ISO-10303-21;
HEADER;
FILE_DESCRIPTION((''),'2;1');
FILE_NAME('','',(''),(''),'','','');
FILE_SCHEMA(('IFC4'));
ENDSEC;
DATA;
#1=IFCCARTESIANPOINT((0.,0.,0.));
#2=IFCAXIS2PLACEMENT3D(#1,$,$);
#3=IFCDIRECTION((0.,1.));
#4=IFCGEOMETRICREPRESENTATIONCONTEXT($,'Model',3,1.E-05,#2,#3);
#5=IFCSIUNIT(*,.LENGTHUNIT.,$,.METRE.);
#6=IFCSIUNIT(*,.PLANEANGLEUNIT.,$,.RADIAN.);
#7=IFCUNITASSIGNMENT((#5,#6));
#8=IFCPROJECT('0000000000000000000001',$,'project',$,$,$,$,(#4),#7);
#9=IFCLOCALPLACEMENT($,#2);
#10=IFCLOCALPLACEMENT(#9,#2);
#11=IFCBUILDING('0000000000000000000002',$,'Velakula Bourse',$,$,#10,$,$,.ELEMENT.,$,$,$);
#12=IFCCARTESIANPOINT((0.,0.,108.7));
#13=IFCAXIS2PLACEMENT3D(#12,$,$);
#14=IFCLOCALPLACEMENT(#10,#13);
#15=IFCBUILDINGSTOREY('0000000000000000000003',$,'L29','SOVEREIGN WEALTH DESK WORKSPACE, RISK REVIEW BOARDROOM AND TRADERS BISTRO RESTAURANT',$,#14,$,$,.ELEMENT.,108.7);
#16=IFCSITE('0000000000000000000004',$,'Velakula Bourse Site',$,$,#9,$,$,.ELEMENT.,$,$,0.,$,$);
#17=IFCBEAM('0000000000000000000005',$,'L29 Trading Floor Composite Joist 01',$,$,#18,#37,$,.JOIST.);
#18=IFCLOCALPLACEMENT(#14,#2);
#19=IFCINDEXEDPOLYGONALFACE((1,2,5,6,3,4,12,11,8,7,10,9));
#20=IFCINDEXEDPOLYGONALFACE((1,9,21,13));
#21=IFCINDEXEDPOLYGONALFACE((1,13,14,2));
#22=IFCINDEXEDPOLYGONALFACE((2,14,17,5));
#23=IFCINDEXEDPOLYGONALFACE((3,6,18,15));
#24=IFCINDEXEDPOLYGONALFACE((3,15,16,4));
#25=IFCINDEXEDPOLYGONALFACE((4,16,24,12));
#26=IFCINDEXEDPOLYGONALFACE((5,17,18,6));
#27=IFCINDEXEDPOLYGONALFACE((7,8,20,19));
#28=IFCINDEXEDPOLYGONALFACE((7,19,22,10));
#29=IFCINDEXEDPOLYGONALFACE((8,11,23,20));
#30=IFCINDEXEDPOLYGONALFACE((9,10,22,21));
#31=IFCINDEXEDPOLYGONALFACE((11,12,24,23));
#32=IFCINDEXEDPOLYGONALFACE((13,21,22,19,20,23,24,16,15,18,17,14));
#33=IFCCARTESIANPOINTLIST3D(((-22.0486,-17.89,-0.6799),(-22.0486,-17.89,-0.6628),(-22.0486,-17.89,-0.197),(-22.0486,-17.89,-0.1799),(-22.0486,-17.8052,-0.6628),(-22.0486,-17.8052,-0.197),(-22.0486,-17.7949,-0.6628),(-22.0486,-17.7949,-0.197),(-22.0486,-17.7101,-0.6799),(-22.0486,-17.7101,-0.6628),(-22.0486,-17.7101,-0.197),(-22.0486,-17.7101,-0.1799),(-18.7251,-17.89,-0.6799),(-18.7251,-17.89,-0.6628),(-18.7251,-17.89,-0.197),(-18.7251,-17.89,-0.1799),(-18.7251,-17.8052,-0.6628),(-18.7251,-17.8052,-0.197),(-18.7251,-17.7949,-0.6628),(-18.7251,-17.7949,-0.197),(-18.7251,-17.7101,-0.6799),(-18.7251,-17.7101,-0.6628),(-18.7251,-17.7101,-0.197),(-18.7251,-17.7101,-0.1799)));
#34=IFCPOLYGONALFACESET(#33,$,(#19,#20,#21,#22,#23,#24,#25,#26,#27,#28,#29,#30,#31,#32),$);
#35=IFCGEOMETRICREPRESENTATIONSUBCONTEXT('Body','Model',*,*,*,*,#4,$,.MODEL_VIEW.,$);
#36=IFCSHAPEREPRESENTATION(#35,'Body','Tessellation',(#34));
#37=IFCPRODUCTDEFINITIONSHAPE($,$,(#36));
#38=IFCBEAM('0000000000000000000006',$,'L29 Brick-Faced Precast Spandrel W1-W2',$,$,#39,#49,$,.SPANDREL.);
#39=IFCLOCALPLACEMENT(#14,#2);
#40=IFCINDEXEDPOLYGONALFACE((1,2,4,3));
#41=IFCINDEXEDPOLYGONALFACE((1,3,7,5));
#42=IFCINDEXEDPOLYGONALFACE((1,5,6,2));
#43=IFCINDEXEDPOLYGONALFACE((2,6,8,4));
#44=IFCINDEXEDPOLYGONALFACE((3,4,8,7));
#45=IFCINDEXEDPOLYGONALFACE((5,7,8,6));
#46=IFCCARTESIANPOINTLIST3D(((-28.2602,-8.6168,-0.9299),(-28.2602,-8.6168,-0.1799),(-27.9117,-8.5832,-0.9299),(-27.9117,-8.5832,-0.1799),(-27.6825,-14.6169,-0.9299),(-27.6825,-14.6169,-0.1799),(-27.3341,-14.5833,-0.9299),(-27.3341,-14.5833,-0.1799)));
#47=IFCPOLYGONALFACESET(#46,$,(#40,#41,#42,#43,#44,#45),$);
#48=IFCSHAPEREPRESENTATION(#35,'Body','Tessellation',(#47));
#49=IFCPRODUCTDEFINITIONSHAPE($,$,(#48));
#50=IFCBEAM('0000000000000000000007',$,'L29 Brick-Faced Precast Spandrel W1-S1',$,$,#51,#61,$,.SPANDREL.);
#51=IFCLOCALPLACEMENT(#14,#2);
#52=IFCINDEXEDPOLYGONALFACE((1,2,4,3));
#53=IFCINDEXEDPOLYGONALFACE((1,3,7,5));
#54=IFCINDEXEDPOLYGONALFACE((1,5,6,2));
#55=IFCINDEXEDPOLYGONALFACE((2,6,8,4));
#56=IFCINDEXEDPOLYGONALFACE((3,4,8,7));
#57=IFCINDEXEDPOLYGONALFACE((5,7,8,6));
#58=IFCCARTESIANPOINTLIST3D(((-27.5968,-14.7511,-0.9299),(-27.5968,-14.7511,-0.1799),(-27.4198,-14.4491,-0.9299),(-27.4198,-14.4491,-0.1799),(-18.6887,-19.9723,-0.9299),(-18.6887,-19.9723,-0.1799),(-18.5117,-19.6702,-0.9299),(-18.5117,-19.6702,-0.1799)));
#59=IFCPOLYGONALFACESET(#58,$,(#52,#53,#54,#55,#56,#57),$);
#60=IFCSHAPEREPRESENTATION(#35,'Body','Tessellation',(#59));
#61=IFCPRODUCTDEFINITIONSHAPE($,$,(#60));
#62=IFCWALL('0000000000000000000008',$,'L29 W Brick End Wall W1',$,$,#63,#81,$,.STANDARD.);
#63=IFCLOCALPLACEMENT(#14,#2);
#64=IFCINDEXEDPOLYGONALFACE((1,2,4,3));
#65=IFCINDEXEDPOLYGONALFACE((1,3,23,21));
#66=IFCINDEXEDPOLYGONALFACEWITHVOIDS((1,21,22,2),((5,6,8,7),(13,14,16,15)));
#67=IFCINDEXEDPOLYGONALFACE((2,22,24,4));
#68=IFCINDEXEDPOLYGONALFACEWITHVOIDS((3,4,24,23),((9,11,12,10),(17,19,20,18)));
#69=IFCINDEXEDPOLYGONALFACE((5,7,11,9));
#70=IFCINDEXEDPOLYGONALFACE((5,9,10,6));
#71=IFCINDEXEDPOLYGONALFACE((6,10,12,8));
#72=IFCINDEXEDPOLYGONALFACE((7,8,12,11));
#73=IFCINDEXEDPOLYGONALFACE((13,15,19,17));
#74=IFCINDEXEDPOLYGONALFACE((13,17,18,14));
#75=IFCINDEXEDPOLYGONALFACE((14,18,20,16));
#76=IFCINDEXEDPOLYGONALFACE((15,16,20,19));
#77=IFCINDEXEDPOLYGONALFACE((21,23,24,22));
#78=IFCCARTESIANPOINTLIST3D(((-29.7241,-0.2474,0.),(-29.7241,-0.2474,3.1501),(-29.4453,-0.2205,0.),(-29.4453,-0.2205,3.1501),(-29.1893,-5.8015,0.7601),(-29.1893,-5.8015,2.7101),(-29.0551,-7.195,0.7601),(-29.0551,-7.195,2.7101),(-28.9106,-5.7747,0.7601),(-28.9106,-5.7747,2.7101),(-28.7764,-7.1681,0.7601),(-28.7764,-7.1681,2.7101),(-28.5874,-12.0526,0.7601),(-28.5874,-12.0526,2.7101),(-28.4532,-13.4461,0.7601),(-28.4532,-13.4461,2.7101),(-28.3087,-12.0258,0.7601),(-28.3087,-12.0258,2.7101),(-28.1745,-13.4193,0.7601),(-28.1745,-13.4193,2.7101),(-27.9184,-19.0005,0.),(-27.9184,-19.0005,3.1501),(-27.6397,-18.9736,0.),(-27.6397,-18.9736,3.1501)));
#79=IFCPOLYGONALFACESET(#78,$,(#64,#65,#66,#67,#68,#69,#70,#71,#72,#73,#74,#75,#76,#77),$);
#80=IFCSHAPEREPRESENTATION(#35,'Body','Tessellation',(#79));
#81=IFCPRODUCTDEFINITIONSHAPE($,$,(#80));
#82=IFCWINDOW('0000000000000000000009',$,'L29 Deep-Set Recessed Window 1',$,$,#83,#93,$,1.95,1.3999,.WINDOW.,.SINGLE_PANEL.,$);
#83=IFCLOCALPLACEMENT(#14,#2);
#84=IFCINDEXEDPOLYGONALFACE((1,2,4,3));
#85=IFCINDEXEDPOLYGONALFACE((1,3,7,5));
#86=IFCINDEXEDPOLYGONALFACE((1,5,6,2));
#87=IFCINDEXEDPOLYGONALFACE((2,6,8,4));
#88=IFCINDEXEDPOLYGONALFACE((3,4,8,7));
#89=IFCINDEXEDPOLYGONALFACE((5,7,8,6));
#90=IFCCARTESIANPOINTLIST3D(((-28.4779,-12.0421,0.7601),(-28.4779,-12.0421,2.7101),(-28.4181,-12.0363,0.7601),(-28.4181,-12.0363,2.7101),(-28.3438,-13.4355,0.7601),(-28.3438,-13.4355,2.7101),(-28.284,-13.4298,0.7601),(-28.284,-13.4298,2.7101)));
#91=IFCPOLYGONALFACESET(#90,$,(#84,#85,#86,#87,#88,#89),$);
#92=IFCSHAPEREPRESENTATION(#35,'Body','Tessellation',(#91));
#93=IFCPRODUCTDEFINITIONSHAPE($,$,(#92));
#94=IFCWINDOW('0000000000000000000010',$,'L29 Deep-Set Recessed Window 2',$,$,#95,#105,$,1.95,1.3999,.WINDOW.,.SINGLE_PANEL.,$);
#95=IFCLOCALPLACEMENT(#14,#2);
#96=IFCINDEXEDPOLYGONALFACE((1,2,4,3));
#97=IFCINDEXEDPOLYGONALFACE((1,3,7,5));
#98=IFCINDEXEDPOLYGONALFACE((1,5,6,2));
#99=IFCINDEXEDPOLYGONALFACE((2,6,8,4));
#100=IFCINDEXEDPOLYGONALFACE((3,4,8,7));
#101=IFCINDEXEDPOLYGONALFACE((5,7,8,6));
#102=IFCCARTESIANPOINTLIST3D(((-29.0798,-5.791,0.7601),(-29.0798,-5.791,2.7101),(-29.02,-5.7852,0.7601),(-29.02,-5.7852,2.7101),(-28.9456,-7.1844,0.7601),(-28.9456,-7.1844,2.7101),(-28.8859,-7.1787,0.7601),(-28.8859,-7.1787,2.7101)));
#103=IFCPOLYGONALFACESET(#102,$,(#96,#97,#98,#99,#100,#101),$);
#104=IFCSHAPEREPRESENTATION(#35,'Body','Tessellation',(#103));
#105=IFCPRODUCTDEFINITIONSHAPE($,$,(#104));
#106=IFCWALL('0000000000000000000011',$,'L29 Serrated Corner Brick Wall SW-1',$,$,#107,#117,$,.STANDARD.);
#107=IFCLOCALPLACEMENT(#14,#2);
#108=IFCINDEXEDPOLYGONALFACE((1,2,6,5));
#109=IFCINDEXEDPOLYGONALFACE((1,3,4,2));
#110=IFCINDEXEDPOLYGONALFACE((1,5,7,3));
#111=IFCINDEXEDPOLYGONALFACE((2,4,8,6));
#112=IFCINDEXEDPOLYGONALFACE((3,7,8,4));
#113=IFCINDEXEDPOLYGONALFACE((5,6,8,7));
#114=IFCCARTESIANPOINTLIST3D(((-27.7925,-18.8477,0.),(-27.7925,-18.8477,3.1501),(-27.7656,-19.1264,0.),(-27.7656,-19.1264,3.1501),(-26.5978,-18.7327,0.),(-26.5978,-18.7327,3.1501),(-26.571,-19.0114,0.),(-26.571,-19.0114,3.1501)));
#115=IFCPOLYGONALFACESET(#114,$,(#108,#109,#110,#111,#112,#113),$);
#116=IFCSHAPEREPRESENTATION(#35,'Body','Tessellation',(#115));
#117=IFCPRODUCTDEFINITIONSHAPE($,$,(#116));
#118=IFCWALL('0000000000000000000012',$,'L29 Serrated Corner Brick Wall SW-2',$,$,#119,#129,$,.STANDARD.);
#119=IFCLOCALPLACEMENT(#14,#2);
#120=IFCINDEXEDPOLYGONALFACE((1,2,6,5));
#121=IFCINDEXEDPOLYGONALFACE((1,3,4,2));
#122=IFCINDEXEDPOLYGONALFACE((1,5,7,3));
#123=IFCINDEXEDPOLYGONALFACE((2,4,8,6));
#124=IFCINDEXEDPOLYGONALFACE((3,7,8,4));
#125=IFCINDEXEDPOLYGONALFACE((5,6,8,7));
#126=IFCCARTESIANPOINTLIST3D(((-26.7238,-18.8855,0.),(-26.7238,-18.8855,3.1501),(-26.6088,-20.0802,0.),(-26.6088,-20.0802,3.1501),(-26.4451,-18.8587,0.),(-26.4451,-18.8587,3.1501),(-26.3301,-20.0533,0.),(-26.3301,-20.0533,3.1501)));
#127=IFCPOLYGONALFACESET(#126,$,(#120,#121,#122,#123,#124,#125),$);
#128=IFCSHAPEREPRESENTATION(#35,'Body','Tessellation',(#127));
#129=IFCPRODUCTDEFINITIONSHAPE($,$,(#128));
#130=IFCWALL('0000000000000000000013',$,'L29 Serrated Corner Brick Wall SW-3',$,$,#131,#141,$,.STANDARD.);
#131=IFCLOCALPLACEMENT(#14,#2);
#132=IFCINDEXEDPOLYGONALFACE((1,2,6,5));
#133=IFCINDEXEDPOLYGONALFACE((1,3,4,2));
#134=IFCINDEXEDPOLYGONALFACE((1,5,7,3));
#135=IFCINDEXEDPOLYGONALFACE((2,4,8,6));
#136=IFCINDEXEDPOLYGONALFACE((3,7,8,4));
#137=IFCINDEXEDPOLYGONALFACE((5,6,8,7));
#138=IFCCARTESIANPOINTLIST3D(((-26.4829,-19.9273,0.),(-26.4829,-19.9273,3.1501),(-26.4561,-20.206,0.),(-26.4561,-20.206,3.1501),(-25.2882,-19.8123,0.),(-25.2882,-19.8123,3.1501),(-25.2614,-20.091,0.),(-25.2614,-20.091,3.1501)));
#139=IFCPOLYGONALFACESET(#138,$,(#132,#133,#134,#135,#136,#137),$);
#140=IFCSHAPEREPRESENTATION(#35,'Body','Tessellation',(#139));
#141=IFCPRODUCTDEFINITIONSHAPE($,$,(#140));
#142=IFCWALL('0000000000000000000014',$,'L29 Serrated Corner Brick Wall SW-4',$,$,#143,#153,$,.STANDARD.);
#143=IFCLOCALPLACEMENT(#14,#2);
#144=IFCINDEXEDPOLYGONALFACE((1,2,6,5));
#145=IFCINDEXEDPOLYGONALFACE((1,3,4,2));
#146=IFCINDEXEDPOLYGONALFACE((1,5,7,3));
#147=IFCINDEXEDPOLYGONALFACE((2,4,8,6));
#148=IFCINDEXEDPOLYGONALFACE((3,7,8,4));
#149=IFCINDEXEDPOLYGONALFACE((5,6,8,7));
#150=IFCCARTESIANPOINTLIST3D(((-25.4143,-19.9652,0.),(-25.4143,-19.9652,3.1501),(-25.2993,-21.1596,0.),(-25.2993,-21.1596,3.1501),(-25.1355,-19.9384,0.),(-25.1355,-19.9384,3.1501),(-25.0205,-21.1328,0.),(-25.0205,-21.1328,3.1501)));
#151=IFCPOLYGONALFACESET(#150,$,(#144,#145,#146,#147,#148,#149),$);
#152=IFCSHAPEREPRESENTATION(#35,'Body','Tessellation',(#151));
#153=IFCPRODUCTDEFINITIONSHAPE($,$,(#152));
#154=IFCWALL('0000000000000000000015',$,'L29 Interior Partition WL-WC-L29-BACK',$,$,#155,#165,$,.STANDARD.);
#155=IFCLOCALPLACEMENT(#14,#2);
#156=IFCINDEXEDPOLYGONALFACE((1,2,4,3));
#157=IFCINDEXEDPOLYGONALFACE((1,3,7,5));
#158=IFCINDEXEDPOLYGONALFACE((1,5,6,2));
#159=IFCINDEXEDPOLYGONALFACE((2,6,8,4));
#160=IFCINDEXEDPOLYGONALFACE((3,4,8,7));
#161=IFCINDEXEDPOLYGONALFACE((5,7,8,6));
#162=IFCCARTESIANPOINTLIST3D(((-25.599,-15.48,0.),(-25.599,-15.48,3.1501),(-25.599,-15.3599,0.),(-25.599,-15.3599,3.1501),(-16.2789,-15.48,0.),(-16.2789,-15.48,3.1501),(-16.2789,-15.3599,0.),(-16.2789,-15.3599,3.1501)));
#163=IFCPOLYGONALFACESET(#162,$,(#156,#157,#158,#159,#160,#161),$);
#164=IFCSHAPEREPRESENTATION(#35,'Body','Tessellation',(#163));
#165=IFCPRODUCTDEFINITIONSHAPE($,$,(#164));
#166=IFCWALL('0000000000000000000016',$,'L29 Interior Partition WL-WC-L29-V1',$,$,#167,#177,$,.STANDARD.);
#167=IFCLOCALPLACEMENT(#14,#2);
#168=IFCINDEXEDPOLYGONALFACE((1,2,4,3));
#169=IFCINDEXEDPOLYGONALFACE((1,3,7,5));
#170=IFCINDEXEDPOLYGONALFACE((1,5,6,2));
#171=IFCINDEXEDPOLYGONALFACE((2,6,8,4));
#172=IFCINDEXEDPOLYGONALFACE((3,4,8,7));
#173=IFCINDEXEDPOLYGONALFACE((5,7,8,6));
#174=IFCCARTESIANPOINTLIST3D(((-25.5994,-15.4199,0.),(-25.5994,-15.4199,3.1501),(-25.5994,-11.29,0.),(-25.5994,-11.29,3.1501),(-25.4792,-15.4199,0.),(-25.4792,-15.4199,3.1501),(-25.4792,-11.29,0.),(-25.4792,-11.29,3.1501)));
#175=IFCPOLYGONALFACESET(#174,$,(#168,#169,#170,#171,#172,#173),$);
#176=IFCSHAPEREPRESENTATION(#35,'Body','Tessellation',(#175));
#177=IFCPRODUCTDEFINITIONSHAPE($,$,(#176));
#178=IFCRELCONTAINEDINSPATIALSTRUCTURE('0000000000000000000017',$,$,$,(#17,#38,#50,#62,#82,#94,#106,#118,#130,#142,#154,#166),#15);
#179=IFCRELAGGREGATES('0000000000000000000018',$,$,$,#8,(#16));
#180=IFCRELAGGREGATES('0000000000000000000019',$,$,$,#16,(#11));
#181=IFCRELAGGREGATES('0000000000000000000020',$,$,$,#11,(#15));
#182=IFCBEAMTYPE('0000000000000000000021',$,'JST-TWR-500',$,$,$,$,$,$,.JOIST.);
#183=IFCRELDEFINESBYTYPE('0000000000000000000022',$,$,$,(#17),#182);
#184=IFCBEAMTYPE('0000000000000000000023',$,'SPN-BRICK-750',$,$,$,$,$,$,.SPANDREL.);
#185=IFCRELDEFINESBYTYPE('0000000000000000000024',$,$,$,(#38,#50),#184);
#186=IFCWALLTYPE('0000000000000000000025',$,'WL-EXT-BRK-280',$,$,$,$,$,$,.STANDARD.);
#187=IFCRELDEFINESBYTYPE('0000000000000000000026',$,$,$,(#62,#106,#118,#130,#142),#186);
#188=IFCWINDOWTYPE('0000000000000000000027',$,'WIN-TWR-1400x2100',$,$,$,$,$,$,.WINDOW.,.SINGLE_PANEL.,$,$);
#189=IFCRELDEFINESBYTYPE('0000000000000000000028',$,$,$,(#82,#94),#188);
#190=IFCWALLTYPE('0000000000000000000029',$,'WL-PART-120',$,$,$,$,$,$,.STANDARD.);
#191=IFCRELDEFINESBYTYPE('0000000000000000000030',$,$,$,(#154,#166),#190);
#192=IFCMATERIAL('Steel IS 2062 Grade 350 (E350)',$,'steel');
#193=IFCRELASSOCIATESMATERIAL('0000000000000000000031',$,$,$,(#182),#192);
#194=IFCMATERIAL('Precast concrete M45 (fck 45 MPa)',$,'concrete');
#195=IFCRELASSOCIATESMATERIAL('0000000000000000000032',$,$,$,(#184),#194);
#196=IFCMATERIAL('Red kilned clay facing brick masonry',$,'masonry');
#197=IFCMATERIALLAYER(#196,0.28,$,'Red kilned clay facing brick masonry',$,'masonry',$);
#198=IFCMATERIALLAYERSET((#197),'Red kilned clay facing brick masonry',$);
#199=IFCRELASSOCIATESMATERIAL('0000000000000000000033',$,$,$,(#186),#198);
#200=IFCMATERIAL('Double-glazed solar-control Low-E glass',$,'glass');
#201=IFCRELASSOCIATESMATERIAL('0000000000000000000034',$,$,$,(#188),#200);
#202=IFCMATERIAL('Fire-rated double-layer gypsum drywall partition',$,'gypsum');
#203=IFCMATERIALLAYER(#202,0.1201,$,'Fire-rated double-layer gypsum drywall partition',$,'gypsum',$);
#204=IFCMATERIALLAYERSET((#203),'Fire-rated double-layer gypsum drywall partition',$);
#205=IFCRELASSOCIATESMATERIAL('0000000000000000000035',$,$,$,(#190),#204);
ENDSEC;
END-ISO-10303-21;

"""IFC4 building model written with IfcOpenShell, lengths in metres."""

from ifc_helpers import new_model, si_unit, direction, frame, frame_2d, origin, origin_2d, place, context, subcontext, project, spatial, rectangle, i_section, extrude, material, layer, layer_set, material_profile, profile_set, type_object, element, fill, save


model = new_model("IFC4")

# Units and contexts
model_context = context("Model", 3, precision=1e-05, world=origin(), true_north=direction((0.0, 1.0)))
body_context = subcontext(model_context, "Body", "Model", "MODEL_VIEW")
ifc_project = project(units=[si_unit("LENGTHUNIT", "METRE"), si_unit("PLANEANGLEUNIT", "RADIAN")], contexts=[model_context])

# Site, building, storey
site_placement = place(None, origin())
site = spatial("IfcSite", under=ifc_project, at=site_placement, Name="Velakula Bourse Site", CompositionType="ELEMENT", RefElevation=0.0)
building_placement = place(site_placement, origin())
building = spatial("IfcBuilding", under=site, at=building_placement, Name="Velakula Bourse", CompositionType="ELEMENT")
storey_placement = place(building_placement, frame((0.0, 0.0, 108.7)))
storey = spatial("IfcBuildingStorey", under=building, at=storey_placement, Name="L29", Description="SOVEREIGN WEALTH DESK WORKSPACE, RISK REVIEW BOARDROOM AND TRADERS BISTRO RESTAURANT", CompositionType="ELEMENT", Elevation=108.7)

# Shared definitions
ifc_material_1 = material(Name="Precast concrete M45 (fck 45 MPa)", Category="concrete")

# Beams
ifc_material_2 = material(Name="Steel IS 2062 Grade 350 (E350)", Category="steel")
ifc_material_profile_1 = material_profile(ifc_material_2, i_section(OverallWidth=0.1799, OverallDepth=0.5, WebThickness=0.0103, FlangeThickness=0.0171, at=origin_2d()), Name="Steel IS 2062 Grade 350 (E350)")
ifc_profile_set_1 = profile_set([ifc_material_profile_1], Name="Steel IS 2062 Grade 350 (E350)")
beam_type_1 = type_object("IfcBeamType", Name="JST-TWR-500", PredefinedType="JOIST", material=ifc_profile_set_1)
beam_1_placement = place(storey_placement, frame((-22.0486, -17.8, -0.4299), z_axis=(1.0, 0.0, 0.0), x_axis=(0.0, 1.0, 0.0)))
element("IfcBeam", 1, at=beam_1_placement, inside=storey, type_object=beam_type_1, Name="L29 Trading Floor Composite Joist 01", PredefinedType="JOIST", context=body_context, shape_type="SweptSolid", body=[
    extrude(i_section(OverallWidth=0.1799, OverallDepth=0.5, WebThickness=0.0103, FlangeThickness=0.0171, at=origin_2d()), origin(), (0.0, 0.0, 1.0), 3.3235),
])
ifc_material_profile_2 = material_profile(ifc_material_1, rectangle(XDim=0.3501, YDim=0.75, at=origin_2d()), Name="Precast concrete M45 (fck 45 MPa)")
ifc_profile_set_2 = profile_set([ifc_material_profile_2], Name="Precast concrete M45 (fck 45 MPa)")
beam_type_2 = type_object("IfcBeamType", Name="SPN-BRICK-750", PredefinedType="SPANDREL", material=ifc_profile_set_2)
beam_2_placement = place(storey_placement, frame((-27.5083, -14.6001, -0.5549), z_axis=(-0.09583, 0.995398, 0.0), x_axis=(-0.995398, -0.09583, 0.0)))
element("IfcBeam", 2, at=beam_2_placement, inside=storey, type_object=beam_type_2, Name="L29 Brick-Faced Precast Spandrel W1-W2", PredefinedType="SPANDREL", context=body_context, shape_type="SweptSolid", body=[
    extrude(rectangle(XDim=0.3501, YDim=0.75, at=origin_2d()), origin(), (0.0, 0.0, 1.0), 6.0278),
])
beam_3_placement = place(storey_placement, frame((-27.5083, -14.6001, -0.5549), z_axis=(0.862734, -0.505658, 0.0), x_axis=(0.505658, 0.862734, 0.0)))
element("IfcBeam", 3, at=beam_3_placement, inside=storey, type_object=beam_type_2, Name="L29 Brick-Faced Precast Spandrel W1-S1", PredefinedType="SPANDREL", context=body_context, shape_type="SweptSolid", body=[
    extrude(rectangle(XDim=0.3501, YDim=0.75, at=origin_2d()), origin(), (0.0, 0.0, 1.0), 10.3254),
])

# Wall, openings, windows
ifc_material_3 = material(Name="Red kilned clay facing brick masonry", Category="masonry")
ifc_layer_1 = layer(ifc_material_3, 0.28, Name="Red kilned clay facing brick masonry", Category="masonry")
ifc_layer_set_1 = layer_set([ifc_layer_1], Name="Red kilned clay facing brick masonry")
wall_type_1 = type_object("IfcWallType", Name="WL-EXT-BRK-280", PredefinedType="STANDARD", material=ifc_layer_set_1)
wall_1_placement = place(storey_placement, frame((-27.7791, -18.9871, 0.0), z_axis=(0.0, 0.0, 1.0), x_axis=(-0.095843, 0.995397, 0.0)))
wall_1 = element("IfcWall", 4, at=wall_1_placement, inside=storey, type_object=wall_type_1, Name="L29 W Brick End Wall W1", PredefinedType="STANDARD", context=body_context, shape_type="SweptSolid", body=[
    extrude(rectangle(XDim=18.8398, YDim=0.28, at=frame_2d((9.4199, 0.0))), origin(), (0.0, 0.0, 1.0), 3.1501),
])
opening_1_placement = place(wall_1_placement, frame((5.5801, 0.0, 0.76)))
opening_1 = element("IfcOpeningElement", 5, at=opening_1_placement, cuts=wall_1, PredefinedType="OPENING", context=body_context, shape_type="SweptSolid", body=[
    extrude(rectangle(XDim=1.3999, YDim=1.95, at=frame_2d((0.7, 0.9751))), frame((0.0, 0.1499, 0.0), z_axis=(0.0, -1.0, 0.0), x_axis=(1.0, 0.0, 0.0)), (0.0, 0.0, 1.0), 0.3),
])
opening_2_placement = place(wall_1_placement, frame((11.8601, 0.0, 0.76)))
opening_2 = element("IfcOpeningElement", 6, at=opening_2_placement, cuts=wall_1, PredefinedType="OPENING", context=body_context, shape_type="SweptSolid", body=[
    extrude(rectangle(XDim=1.3999, YDim=1.95, at=frame_2d((0.7, 0.9751))), frame((0.0, 0.1499, 0.0), z_axis=(0.0, -1.0, 0.0), x_axis=(1.0, 0.0, 0.0)), (0.0, 0.0, 1.0), 0.3),
])
ifc_material_4 = material(Name="Double-glazed solar-control Low-E glass", Category="glass")
window_type = type_object("IfcWindowType", Name="WIN-TWR-1400x2100", PartitioningType="SINGLE_PANEL", PredefinedType="WINDOW", material=ifc_material_4)
window_1_placement = place(opening_1_placement, origin())
window_1 = element("IfcWindow", 7, at=window_1_placement, inside=storey, type_object=window_type, Name="L29 Deep-Set Recessed Window 1", OverallHeight=1.95, OverallWidth=1.3999, PartitioningType="SINGLE_PANEL", PredefinedType="WINDOW", context=body_context, shape_type="SweptSolid", body=[
    extrude(rectangle(XDim=1.3999, YDim=1.95, at=frame_2d((0.7, 0.9751))), frame((0.0, 0.03, 0.0), z_axis=(0.0, -1.0, 0.0), x_axis=(1.0, 0.0, 0.0)), (0.0, 0.0, 1.0), 0.0601),
])
fill(opening_1, window_1)
window_2_placement = place(opening_2_placement, origin())
window_2 = element("IfcWindow", 8, at=window_2_placement, inside=storey, type_object=window_type, Name="L29 Deep-Set Recessed Window 2", OverallHeight=1.95, OverallWidth=1.3999, PartitioningType="SINGLE_PANEL", PredefinedType="WINDOW", context=body_context, shape_type="SweptSolid", body=[
    extrude(rectangle(XDim=1.3999, YDim=1.95, at=frame_2d((0.7, 0.9751))), frame((0.0, 0.03, 0.0), z_axis=(0.0, -1.0, 0.0), x_axis=(1.0, 0.0, 0.0)), (0.0, 0.0, 1.0), 0.0601),
])
fill(opening_2, window_2)

# Walls
for number, where, z_axis, x_axis, name in (
    (9, (-27.7791, -18.9871, 0.0), (0.0, 0.0, 1.0), (0.995399, 0.095817, 0.0), "L29 Serrated Corner Brick Wall SW-1"),
    (10, (-26.5845, -18.8721, 0.0), (0.0, 0.0, 1.0), (0.095817, -0.995399, 0.0), "L29 Serrated Corner Brick Wall SW-2"),
    (11, (-26.4695, -20.0667, 0.0), (0.0, 0.0, 1.0), (0.995399, 0.095817, 0.0), "L29 Serrated Corner Brick Wall SW-3"),
):
    element("IfcWall", number, at=place(storey_placement, frame(where, z_axis=z_axis, x_axis=x_axis)), inside=storey, type_object=wall_type_1, Name=name, PredefinedType="STANDARD", context=body_context, shape_type="SweptSolid", body=[
        extrude(rectangle(XDim=1.2002, YDim=0.28, at=frame_2d((0.6001, 0.0))), origin(), (0.0, 0.0, 1.0), 3.1501),
    ])
wall_2_placement = place(storey_placement, frame((-25.2749, -19.9517, 0.0), z_axis=(0.0, 0.0, 1.0), x_axis=(0.095836, -0.995397, 0.0)))
element("IfcWall", 12, at=wall_2_placement, inside=storey, type_object=wall_type_1, Name="L29 Serrated Corner Brick Wall SW-4", PredefinedType="STANDARD", context=body_context, shape_type="SweptSolid", body=[
    extrude(rectangle(XDim=1.2, YDim=0.28, at=frame_2d((0.6001, 0.0))), origin(), (0.0, 0.0, 1.0), 3.1501),
])
ifc_material_5 = material(Name="Fire-rated double-layer gypsum drywall partition", Category="gypsum")
ifc_layer_2 = layer(ifc_material_5, 0.1201, Name="Fire-rated double-layer gypsum drywall partition", Category="gypsum")
ifc_layer_set_2 = layer_set([ifc_layer_2], Name="Fire-rated double-layer gypsum drywall partition")
wall_type_2 = type_object("IfcWallType", Name="WL-PART-120", PredefinedType="STANDARD", material=ifc_layer_set_2)
wall_3_placement = place(storey_placement, frame((-25.5991, -15.4199, 0.0), z_axis=(0.0, 0.0, 1.0), x_axis=(1.0, 0.0, 0.0)))
element("IfcWall", 13, at=wall_3_placement, inside=storey, type_object=wall_type_2, Name="L29 Interior Partition WL-WC-L29-BACK", PredefinedType="STANDARD", context=body_context, shape_type="SweptSolid", body=[
    extrude(rectangle(XDim=9.3201, YDim=0.1201, at=frame_2d((4.6602, 0.0))), origin(), (0.0, 0.0, 1.0), 3.1501),
])
for number, where, z_axis, x_axis, name in (
    (14, (-25.5393, -15.4199, 0.0), (0.0, 0.0, 1.0), (0.0, 1.0, 0.0), "L29 Interior Partition WL-WC-L29-V1"),
):
    element("IfcWall", number, at=place(storey_placement, frame(where, z_axis=z_axis, x_axis=x_axis)), inside=storey, type_object=wall_type_2, Name=name, PredefinedType="STANDARD", context=body_context, shape_type="SweptSolid", body=[
        extrude(rectangle(XDim=4.1299, YDim=0.1201, at=frame_2d((2.0649, 0.0))), origin(), (0.0, 0.0, 1.0), 3.1501),
    ])

save(model, "model.ifc")
